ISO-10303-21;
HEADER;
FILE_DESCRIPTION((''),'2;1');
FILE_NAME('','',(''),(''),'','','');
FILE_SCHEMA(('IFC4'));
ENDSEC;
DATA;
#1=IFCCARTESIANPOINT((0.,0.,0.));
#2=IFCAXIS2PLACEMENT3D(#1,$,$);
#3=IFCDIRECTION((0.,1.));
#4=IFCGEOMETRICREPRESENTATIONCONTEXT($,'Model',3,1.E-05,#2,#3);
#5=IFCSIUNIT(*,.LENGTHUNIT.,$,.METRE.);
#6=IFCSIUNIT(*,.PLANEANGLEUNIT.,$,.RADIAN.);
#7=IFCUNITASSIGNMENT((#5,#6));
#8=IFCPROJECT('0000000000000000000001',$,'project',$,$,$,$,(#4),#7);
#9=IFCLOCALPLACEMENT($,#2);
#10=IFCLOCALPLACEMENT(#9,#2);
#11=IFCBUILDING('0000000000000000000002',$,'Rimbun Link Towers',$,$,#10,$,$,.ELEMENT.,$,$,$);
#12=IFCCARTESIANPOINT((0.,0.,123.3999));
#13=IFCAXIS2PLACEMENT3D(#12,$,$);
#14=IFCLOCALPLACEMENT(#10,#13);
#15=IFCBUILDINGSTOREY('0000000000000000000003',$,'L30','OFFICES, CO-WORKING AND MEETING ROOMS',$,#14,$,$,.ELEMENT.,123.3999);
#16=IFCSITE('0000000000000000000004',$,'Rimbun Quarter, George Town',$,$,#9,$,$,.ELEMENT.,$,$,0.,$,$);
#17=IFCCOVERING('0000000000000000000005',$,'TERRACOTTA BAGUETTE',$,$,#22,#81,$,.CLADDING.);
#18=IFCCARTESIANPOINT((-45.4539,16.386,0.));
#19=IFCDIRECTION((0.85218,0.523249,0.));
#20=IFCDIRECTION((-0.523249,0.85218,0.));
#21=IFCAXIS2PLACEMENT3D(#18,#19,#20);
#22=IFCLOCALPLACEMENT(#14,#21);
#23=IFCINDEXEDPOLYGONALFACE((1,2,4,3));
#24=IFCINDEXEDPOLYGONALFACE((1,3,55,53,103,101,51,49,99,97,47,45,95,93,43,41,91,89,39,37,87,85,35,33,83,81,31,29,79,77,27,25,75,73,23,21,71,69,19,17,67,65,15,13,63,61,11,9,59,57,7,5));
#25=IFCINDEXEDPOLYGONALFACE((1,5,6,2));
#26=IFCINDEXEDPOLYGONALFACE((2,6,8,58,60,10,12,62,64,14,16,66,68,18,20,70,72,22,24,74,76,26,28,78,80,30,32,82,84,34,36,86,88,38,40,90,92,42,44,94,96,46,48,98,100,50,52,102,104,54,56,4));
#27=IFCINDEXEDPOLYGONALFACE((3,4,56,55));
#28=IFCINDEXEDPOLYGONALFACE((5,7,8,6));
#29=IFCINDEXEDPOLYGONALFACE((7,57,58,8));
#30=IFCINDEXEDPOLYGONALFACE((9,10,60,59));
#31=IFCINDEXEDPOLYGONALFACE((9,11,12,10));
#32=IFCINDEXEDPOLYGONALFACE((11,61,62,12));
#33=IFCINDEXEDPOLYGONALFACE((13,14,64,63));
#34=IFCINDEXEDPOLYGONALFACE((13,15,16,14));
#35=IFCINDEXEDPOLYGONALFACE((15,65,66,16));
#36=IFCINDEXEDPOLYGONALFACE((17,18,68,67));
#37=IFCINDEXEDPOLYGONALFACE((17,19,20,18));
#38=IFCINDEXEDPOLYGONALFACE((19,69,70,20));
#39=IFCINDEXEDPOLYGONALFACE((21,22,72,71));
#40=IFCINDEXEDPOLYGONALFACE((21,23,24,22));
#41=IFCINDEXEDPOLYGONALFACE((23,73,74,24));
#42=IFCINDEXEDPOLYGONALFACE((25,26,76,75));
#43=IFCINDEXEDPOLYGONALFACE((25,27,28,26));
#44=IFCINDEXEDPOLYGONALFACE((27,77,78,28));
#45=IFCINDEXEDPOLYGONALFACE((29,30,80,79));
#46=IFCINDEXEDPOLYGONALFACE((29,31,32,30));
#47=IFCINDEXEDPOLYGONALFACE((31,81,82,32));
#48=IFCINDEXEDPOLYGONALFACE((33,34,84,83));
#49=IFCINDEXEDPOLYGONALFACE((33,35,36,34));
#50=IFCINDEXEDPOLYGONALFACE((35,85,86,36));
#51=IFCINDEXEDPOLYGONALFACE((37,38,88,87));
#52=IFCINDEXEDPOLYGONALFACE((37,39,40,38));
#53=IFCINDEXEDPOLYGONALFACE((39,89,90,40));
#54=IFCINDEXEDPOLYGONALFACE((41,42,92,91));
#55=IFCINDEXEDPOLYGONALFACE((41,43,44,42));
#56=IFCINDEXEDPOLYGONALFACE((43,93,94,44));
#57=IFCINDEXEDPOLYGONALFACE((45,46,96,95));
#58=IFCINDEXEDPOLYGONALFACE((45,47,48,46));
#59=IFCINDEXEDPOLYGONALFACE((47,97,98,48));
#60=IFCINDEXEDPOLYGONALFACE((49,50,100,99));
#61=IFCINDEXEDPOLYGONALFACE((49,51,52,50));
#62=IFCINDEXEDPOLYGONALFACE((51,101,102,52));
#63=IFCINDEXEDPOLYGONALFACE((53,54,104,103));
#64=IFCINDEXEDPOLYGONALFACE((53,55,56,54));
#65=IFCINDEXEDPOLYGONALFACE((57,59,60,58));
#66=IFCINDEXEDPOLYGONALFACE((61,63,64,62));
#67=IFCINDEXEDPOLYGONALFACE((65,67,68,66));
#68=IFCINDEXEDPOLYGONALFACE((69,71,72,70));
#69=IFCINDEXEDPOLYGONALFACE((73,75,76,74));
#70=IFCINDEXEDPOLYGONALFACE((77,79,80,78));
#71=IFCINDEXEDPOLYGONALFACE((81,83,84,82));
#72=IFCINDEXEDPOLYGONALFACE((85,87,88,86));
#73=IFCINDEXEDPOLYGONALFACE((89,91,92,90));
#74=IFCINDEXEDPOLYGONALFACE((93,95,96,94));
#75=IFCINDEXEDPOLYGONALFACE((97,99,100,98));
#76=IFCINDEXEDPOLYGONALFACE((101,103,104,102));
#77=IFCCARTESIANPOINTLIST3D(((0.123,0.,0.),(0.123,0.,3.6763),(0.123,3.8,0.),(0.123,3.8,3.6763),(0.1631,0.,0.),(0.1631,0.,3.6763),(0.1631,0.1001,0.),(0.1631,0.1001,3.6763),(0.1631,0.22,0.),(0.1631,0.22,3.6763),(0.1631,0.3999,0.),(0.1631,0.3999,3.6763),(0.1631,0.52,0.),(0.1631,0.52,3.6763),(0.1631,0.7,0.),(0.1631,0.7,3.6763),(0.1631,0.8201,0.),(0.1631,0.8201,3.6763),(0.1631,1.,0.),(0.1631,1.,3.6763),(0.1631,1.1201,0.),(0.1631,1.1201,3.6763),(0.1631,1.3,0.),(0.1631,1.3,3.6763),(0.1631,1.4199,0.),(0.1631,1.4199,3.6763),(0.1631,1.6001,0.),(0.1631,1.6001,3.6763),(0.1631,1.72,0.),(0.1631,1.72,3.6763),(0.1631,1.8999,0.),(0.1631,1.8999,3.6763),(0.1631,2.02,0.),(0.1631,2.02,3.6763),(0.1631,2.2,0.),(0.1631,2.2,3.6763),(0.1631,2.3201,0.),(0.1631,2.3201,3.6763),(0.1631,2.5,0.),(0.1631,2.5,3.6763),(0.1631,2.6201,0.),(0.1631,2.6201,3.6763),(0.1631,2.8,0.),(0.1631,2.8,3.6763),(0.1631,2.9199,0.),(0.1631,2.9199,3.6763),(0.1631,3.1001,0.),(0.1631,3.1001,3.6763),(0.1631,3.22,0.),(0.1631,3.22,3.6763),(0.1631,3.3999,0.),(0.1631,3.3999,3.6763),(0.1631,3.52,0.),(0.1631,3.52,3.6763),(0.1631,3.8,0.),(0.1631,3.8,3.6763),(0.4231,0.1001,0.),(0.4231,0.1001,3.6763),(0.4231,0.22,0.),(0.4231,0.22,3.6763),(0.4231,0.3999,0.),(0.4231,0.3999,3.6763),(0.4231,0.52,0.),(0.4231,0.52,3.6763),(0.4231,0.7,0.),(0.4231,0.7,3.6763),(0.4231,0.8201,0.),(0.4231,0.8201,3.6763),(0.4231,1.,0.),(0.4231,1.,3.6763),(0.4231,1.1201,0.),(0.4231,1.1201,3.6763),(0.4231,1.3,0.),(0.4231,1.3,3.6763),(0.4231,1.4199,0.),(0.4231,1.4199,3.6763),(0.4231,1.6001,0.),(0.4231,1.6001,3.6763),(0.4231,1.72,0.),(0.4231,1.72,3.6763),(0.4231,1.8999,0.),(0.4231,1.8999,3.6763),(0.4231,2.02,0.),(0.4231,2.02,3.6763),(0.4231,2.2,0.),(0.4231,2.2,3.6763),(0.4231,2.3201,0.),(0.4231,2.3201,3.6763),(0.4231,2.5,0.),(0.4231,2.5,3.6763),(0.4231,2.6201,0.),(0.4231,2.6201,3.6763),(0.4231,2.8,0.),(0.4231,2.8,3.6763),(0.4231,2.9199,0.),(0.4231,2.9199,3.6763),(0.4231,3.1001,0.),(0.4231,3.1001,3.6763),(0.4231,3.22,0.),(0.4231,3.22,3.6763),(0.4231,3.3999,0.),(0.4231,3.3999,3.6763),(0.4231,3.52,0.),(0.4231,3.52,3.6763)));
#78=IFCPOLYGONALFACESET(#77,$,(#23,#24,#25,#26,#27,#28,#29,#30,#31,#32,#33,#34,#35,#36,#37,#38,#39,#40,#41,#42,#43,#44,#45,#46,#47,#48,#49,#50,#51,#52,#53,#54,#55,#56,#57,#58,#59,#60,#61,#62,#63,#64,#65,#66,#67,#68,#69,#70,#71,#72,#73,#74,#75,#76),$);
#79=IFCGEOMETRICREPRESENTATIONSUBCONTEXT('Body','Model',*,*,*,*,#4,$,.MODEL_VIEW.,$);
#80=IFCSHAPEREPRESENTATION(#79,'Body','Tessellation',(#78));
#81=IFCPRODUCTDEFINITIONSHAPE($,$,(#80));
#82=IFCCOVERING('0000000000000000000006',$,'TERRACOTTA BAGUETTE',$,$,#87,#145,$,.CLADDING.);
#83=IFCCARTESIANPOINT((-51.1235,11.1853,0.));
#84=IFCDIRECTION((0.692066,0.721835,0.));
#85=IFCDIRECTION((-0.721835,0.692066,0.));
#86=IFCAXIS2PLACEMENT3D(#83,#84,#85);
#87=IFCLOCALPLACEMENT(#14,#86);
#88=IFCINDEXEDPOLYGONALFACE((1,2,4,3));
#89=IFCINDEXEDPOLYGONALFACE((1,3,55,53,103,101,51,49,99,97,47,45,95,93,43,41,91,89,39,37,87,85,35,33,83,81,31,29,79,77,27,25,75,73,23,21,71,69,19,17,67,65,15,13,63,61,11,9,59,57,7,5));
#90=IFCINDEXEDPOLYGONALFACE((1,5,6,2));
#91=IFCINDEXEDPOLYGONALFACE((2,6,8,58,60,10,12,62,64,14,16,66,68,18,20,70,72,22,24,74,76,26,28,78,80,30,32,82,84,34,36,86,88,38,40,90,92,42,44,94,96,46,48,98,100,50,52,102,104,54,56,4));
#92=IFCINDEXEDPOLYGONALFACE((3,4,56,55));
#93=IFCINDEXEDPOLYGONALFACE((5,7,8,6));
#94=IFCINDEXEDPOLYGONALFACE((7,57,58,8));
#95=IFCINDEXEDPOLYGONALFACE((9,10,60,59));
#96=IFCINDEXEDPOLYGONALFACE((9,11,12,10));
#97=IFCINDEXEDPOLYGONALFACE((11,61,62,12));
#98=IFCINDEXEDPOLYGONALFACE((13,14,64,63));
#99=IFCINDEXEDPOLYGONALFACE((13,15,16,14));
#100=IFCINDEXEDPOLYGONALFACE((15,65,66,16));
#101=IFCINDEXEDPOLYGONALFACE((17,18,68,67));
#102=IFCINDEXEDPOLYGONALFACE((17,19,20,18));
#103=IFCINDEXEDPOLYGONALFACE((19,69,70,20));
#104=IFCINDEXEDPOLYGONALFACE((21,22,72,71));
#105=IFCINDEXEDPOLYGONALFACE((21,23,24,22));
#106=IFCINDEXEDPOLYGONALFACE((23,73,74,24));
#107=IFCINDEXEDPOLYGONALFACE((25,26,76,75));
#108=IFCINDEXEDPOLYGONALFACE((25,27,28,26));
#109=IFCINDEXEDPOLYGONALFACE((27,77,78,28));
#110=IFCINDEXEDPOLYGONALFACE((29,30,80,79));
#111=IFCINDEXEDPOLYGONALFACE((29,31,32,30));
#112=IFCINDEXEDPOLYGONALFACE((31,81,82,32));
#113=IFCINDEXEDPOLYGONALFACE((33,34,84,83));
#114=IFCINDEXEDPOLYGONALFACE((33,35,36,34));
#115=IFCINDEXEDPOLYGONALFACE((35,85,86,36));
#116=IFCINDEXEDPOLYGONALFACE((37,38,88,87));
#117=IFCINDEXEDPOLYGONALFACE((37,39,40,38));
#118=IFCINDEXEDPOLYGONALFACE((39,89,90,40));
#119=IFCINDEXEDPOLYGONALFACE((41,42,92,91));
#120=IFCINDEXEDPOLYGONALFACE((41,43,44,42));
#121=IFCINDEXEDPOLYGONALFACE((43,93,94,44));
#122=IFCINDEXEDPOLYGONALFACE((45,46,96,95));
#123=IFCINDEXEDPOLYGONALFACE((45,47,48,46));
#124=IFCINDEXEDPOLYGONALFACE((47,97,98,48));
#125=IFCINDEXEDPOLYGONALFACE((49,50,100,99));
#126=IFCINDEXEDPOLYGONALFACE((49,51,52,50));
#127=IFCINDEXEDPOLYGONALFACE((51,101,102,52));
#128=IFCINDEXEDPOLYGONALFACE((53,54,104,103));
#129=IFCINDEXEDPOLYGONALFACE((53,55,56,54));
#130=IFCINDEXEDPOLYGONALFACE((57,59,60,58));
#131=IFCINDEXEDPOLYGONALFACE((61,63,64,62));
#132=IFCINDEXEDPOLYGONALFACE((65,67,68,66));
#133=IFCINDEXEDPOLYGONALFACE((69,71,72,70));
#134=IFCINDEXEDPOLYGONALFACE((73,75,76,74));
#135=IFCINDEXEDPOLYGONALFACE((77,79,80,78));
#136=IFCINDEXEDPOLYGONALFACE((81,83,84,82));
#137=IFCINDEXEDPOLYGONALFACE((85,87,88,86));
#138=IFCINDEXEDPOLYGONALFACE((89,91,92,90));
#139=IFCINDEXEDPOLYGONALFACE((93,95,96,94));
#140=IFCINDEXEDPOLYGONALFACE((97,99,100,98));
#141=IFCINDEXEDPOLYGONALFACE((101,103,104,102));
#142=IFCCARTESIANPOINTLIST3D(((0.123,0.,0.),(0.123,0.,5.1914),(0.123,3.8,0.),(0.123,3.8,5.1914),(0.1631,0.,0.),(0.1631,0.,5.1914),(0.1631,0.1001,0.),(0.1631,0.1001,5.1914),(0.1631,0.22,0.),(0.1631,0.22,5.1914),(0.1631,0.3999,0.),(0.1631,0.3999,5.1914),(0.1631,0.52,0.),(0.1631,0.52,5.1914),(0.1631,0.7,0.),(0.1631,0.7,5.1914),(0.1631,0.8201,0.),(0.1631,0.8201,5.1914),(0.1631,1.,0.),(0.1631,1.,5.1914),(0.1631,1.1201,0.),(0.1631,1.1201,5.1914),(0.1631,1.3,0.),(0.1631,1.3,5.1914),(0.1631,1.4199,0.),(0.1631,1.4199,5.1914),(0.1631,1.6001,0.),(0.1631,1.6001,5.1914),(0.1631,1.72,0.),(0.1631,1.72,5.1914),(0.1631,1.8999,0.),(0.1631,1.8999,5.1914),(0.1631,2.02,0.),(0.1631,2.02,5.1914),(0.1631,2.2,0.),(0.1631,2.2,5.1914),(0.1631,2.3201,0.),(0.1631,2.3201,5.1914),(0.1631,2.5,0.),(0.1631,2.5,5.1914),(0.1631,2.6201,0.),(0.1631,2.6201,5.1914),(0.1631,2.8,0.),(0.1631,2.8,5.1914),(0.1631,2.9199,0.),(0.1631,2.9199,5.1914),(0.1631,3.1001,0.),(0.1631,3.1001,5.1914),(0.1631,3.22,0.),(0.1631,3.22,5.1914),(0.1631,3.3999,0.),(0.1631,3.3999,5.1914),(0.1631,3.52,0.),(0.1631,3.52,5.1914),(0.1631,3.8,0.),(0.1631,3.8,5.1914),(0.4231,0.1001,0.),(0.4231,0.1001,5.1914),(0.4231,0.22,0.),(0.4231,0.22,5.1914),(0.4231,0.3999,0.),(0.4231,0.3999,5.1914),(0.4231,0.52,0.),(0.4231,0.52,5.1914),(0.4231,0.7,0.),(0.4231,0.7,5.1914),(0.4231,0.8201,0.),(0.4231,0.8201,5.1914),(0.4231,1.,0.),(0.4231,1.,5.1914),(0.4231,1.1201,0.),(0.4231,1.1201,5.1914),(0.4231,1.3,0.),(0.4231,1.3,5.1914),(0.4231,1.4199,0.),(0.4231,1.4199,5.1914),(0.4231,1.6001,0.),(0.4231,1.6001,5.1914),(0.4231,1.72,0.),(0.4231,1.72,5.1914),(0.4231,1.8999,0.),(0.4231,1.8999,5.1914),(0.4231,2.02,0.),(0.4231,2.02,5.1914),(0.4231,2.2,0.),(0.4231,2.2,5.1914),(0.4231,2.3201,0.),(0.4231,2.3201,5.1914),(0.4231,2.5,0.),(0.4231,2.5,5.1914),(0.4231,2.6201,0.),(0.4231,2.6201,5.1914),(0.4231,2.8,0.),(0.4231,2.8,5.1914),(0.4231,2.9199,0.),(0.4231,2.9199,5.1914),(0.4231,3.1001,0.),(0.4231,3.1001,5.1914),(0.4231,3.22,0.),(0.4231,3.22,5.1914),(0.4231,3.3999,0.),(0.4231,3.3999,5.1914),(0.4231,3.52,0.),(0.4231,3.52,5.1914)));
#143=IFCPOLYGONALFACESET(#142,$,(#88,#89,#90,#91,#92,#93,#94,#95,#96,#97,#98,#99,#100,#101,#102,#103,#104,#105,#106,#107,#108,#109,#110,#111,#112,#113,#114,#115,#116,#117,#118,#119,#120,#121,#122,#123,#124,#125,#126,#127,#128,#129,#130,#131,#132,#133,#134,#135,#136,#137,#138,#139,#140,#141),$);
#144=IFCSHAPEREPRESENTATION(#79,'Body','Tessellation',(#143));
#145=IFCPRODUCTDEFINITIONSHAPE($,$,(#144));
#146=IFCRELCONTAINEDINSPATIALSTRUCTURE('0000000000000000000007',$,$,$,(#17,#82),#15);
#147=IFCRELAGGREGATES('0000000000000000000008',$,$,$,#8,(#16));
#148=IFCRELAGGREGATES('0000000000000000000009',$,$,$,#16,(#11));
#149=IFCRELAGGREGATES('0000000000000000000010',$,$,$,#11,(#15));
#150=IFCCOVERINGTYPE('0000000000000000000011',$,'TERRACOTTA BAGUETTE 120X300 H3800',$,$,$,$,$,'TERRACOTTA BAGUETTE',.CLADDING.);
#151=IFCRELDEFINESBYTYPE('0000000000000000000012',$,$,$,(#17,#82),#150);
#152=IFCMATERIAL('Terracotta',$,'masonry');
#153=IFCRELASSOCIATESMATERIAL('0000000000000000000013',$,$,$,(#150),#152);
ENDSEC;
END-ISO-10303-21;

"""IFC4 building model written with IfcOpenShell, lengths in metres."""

from ifc_helpers import new_model, si_unit, direction, frame, origin, place, context, subcontext, project, spatial, polyline, outline, extrude, material, material_profile, profile_set, type_object, element, save


model = new_model("IFC4")

# Units and contexts
model_context = context("Model", 3, precision=1e-05, world=origin(), true_north=direction((0.0, 1.0)))
body_context = subcontext(model_context, "Body", "Model", "MODEL_VIEW")
ifc_project = project(units=[si_unit("LENGTHUNIT", "METRE"), si_unit("PLANEANGLEUNIT", "RADIAN")], contexts=[model_context])

# Site, building, storey
site_placement = place(None, origin())
site = spatial("IfcSite", under=ifc_project, at=site_placement, Name="Rimbun Quarter, George Town", CompositionType="ELEMENT", RefElevation=0.0)
building_placement = place(site_placement, origin())
building = spatial("IfcBuilding", under=site, at=building_placement, Name="Rimbun Link Towers", CompositionType="ELEMENT")
storey_placement = place(building_placement, frame((0.0, 0.0, 123.3999)))
storey = spatial("IfcBuildingStorey", under=building, at=storey_placement, Name="L30", Description="OFFICES, CO-WORKING AND MEETING ROOMS", CompositionType="ELEMENT", Elevation=123.3999)

# Coverings
ifc_material_1 = material(Name="Terracotta", Category="masonry")
ifc_material_profile_1 = material_profile(ifc_material_1, outline(polyline([(0.123, 0.0), (0.1631, 0.0), (0.1631, 0.1001), (0.4231, 0.1001), (0.4231, 0.22), (0.1631, 0.22), (0.1631, 0.3999), (0.4231, 0.3999), (0.4231, 0.52), (0.1631, 0.52), (0.1631, 0.7), (0.4231, 0.7), (0.4231, 0.8201), (0.1631, 0.8201), (0.1631, 1.0), (0.4231, 1.0), (0.4231, 1.1201), (0.1631, 1.1201), (0.1631, 1.3), (0.4231, 1.3), (0.4231, 1.4199), (0.1631, 1.4199), (0.1631, 1.6001), (0.4231, 1.6001), (0.4231, 1.72), (0.1631, 1.72), (0.1631, 1.8999), (0.4231, 1.8999), (0.4231, 2.02), (0.1631, 2.02), (0.1631, 2.2), (0.4231, 2.2), (0.4231, 2.3201), (0.1631, 2.3201), (0.1631, 2.5), (0.4231, 2.5), (0.4231, 2.6201), (0.1631, 2.6201), (0.1631, 2.8), (0.4231, 2.8), (0.4231, 2.9199), (0.1631, 2.9199), (0.1631, 3.1001), (0.4231, 3.1001), (0.4231, 3.22), (0.1631, 3.22), (0.1631, 3.3999), (0.4231, 3.3999), (0.4231, 3.52), (0.1631, 3.52), (0.1631, 3.8), (0.123, 3.8), (0.123, 0.0)])), Name="BAGUETTE 120X300")
ifc_profile_set_1 = profile_set([ifc_material_profile_1], Name="Terracotta")
covering_type = type_object("IfcCoveringType", Name="TERRACOTTA BAGUETTE 120X300 H3800", ElementType="TERRACOTTA BAGUETTE", PredefinedType="CLADDING", material=ifc_profile_set_1)
covering_1_placement = place(storey_placement, frame((-45.4539, 16.386, 0.0), z_axis=(0.85218, 0.523249, 0.0), x_axis=(-0.523249, 0.85218, 0.0)))
element("IfcCovering", 1, at=covering_1_placement, inside=storey, type_object=covering_type, Name="TERRACOTTA BAGUETTE", PredefinedType="CLADDING", context=body_context, shape_type="SweptSolid", body=[
    extrude(outline(polyline([(0.123, 0.0), (0.1631, 0.0), (0.1631, 0.1001), (0.4231, 0.1001), (0.4231, 0.22), (0.1631, 0.22), (0.1631, 0.3999), (0.4231, 0.3999), (0.4231, 0.52), (0.1631, 0.52), (0.1631, 0.7), (0.4231, 0.7), (0.4231, 0.8201), (0.1631, 0.8201), (0.1631, 1.0), (0.4231, 1.0), (0.4231, 1.1201), (0.1631, 1.1201), (0.1631, 1.3), (0.4231, 1.3), (0.4231, 1.4199), (0.1631, 1.4199), (0.1631, 1.6001), (0.4231, 1.6001), (0.4231, 1.72), (0.1631, 1.72), (0.1631, 1.8999), (0.4231, 1.8999), (0.4231, 2.02), (0.1631, 2.02), (0.1631, 2.2), (0.4231, 2.2), (0.4231, 2.3201), (0.1631, 2.3201), (0.1631, 2.5), (0.4231, 2.5), (0.4231, 2.6201), (0.1631, 2.6201), (0.1631, 2.8), (0.4231, 2.8), (0.4231, 2.9199), (0.1631, 2.9199), (0.1631, 3.1001), (0.4231, 3.1001), (0.4231, 3.22), (0.1631, 3.22), (0.1631, 3.3999), (0.4231, 3.3999), (0.4231, 3.52), (0.1631, 3.52), (0.1631, 3.8), (0.123, 3.8), (0.123, 0.0)])), origin(), (0.0, 0.0, 1.0), 3.6763),
])
covering_2_placement = place(storey_placement, frame((-51.1235, 11.1853, 0.0), z_axis=(0.692066, 0.721835, 0.0), x_axis=(-0.721835, 0.692066, 0.0)))
element("IfcCovering", 2, at=covering_2_placement, inside=storey, type_object=covering_type, Name="TERRACOTTA BAGUETTE", PredefinedType="CLADDING", context=body_context, shape_type="SweptSolid", body=[
    extrude(outline(polyline([(0.123, 0.0), (0.1631, 0.0), (0.1631, 0.1001), (0.4231, 0.1001), (0.4231, 0.22), (0.1631, 0.22), (0.1631, 0.3999), (0.4231, 0.3999), (0.4231, 0.52), (0.1631, 0.52), (0.1631, 0.7), (0.4231, 0.7), (0.4231, 0.8201), (0.1631, 0.8201), (0.1631, 1.0), (0.4231, 1.0), (0.4231, 1.1201), (0.1631, 1.1201), (0.1631, 1.3), (0.4231, 1.3), (0.4231, 1.4199), (0.1631, 1.4199), (0.1631, 1.6001), (0.4231, 1.6001), (0.4231, 1.72), (0.1631, 1.72), (0.1631, 1.8999), (0.4231, 1.8999), (0.4231, 2.02), (0.1631, 2.02), (0.1631, 2.2), (0.4231, 2.2), (0.4231, 2.3201), (0.1631, 2.3201), (0.1631, 2.5), (0.4231, 2.5), (0.4231, 2.6201), (0.1631, 2.6201), (0.1631, 2.8), (0.4231, 2.8), (0.4231, 2.9199), (0.1631, 2.9199), (0.1631, 3.1001), (0.4231, 3.1001), (0.4231, 3.22), (0.1631, 3.22), (0.1631, 3.3999), (0.4231, 3.3999), (0.4231, 3.52), (0.1631, 3.52), (0.1631, 3.8), (0.123, 3.8), (0.123, 0.0)])), origin(), (0.0, 0.0, 1.0), 5.1914),
])

save(model, "model.ifc")
